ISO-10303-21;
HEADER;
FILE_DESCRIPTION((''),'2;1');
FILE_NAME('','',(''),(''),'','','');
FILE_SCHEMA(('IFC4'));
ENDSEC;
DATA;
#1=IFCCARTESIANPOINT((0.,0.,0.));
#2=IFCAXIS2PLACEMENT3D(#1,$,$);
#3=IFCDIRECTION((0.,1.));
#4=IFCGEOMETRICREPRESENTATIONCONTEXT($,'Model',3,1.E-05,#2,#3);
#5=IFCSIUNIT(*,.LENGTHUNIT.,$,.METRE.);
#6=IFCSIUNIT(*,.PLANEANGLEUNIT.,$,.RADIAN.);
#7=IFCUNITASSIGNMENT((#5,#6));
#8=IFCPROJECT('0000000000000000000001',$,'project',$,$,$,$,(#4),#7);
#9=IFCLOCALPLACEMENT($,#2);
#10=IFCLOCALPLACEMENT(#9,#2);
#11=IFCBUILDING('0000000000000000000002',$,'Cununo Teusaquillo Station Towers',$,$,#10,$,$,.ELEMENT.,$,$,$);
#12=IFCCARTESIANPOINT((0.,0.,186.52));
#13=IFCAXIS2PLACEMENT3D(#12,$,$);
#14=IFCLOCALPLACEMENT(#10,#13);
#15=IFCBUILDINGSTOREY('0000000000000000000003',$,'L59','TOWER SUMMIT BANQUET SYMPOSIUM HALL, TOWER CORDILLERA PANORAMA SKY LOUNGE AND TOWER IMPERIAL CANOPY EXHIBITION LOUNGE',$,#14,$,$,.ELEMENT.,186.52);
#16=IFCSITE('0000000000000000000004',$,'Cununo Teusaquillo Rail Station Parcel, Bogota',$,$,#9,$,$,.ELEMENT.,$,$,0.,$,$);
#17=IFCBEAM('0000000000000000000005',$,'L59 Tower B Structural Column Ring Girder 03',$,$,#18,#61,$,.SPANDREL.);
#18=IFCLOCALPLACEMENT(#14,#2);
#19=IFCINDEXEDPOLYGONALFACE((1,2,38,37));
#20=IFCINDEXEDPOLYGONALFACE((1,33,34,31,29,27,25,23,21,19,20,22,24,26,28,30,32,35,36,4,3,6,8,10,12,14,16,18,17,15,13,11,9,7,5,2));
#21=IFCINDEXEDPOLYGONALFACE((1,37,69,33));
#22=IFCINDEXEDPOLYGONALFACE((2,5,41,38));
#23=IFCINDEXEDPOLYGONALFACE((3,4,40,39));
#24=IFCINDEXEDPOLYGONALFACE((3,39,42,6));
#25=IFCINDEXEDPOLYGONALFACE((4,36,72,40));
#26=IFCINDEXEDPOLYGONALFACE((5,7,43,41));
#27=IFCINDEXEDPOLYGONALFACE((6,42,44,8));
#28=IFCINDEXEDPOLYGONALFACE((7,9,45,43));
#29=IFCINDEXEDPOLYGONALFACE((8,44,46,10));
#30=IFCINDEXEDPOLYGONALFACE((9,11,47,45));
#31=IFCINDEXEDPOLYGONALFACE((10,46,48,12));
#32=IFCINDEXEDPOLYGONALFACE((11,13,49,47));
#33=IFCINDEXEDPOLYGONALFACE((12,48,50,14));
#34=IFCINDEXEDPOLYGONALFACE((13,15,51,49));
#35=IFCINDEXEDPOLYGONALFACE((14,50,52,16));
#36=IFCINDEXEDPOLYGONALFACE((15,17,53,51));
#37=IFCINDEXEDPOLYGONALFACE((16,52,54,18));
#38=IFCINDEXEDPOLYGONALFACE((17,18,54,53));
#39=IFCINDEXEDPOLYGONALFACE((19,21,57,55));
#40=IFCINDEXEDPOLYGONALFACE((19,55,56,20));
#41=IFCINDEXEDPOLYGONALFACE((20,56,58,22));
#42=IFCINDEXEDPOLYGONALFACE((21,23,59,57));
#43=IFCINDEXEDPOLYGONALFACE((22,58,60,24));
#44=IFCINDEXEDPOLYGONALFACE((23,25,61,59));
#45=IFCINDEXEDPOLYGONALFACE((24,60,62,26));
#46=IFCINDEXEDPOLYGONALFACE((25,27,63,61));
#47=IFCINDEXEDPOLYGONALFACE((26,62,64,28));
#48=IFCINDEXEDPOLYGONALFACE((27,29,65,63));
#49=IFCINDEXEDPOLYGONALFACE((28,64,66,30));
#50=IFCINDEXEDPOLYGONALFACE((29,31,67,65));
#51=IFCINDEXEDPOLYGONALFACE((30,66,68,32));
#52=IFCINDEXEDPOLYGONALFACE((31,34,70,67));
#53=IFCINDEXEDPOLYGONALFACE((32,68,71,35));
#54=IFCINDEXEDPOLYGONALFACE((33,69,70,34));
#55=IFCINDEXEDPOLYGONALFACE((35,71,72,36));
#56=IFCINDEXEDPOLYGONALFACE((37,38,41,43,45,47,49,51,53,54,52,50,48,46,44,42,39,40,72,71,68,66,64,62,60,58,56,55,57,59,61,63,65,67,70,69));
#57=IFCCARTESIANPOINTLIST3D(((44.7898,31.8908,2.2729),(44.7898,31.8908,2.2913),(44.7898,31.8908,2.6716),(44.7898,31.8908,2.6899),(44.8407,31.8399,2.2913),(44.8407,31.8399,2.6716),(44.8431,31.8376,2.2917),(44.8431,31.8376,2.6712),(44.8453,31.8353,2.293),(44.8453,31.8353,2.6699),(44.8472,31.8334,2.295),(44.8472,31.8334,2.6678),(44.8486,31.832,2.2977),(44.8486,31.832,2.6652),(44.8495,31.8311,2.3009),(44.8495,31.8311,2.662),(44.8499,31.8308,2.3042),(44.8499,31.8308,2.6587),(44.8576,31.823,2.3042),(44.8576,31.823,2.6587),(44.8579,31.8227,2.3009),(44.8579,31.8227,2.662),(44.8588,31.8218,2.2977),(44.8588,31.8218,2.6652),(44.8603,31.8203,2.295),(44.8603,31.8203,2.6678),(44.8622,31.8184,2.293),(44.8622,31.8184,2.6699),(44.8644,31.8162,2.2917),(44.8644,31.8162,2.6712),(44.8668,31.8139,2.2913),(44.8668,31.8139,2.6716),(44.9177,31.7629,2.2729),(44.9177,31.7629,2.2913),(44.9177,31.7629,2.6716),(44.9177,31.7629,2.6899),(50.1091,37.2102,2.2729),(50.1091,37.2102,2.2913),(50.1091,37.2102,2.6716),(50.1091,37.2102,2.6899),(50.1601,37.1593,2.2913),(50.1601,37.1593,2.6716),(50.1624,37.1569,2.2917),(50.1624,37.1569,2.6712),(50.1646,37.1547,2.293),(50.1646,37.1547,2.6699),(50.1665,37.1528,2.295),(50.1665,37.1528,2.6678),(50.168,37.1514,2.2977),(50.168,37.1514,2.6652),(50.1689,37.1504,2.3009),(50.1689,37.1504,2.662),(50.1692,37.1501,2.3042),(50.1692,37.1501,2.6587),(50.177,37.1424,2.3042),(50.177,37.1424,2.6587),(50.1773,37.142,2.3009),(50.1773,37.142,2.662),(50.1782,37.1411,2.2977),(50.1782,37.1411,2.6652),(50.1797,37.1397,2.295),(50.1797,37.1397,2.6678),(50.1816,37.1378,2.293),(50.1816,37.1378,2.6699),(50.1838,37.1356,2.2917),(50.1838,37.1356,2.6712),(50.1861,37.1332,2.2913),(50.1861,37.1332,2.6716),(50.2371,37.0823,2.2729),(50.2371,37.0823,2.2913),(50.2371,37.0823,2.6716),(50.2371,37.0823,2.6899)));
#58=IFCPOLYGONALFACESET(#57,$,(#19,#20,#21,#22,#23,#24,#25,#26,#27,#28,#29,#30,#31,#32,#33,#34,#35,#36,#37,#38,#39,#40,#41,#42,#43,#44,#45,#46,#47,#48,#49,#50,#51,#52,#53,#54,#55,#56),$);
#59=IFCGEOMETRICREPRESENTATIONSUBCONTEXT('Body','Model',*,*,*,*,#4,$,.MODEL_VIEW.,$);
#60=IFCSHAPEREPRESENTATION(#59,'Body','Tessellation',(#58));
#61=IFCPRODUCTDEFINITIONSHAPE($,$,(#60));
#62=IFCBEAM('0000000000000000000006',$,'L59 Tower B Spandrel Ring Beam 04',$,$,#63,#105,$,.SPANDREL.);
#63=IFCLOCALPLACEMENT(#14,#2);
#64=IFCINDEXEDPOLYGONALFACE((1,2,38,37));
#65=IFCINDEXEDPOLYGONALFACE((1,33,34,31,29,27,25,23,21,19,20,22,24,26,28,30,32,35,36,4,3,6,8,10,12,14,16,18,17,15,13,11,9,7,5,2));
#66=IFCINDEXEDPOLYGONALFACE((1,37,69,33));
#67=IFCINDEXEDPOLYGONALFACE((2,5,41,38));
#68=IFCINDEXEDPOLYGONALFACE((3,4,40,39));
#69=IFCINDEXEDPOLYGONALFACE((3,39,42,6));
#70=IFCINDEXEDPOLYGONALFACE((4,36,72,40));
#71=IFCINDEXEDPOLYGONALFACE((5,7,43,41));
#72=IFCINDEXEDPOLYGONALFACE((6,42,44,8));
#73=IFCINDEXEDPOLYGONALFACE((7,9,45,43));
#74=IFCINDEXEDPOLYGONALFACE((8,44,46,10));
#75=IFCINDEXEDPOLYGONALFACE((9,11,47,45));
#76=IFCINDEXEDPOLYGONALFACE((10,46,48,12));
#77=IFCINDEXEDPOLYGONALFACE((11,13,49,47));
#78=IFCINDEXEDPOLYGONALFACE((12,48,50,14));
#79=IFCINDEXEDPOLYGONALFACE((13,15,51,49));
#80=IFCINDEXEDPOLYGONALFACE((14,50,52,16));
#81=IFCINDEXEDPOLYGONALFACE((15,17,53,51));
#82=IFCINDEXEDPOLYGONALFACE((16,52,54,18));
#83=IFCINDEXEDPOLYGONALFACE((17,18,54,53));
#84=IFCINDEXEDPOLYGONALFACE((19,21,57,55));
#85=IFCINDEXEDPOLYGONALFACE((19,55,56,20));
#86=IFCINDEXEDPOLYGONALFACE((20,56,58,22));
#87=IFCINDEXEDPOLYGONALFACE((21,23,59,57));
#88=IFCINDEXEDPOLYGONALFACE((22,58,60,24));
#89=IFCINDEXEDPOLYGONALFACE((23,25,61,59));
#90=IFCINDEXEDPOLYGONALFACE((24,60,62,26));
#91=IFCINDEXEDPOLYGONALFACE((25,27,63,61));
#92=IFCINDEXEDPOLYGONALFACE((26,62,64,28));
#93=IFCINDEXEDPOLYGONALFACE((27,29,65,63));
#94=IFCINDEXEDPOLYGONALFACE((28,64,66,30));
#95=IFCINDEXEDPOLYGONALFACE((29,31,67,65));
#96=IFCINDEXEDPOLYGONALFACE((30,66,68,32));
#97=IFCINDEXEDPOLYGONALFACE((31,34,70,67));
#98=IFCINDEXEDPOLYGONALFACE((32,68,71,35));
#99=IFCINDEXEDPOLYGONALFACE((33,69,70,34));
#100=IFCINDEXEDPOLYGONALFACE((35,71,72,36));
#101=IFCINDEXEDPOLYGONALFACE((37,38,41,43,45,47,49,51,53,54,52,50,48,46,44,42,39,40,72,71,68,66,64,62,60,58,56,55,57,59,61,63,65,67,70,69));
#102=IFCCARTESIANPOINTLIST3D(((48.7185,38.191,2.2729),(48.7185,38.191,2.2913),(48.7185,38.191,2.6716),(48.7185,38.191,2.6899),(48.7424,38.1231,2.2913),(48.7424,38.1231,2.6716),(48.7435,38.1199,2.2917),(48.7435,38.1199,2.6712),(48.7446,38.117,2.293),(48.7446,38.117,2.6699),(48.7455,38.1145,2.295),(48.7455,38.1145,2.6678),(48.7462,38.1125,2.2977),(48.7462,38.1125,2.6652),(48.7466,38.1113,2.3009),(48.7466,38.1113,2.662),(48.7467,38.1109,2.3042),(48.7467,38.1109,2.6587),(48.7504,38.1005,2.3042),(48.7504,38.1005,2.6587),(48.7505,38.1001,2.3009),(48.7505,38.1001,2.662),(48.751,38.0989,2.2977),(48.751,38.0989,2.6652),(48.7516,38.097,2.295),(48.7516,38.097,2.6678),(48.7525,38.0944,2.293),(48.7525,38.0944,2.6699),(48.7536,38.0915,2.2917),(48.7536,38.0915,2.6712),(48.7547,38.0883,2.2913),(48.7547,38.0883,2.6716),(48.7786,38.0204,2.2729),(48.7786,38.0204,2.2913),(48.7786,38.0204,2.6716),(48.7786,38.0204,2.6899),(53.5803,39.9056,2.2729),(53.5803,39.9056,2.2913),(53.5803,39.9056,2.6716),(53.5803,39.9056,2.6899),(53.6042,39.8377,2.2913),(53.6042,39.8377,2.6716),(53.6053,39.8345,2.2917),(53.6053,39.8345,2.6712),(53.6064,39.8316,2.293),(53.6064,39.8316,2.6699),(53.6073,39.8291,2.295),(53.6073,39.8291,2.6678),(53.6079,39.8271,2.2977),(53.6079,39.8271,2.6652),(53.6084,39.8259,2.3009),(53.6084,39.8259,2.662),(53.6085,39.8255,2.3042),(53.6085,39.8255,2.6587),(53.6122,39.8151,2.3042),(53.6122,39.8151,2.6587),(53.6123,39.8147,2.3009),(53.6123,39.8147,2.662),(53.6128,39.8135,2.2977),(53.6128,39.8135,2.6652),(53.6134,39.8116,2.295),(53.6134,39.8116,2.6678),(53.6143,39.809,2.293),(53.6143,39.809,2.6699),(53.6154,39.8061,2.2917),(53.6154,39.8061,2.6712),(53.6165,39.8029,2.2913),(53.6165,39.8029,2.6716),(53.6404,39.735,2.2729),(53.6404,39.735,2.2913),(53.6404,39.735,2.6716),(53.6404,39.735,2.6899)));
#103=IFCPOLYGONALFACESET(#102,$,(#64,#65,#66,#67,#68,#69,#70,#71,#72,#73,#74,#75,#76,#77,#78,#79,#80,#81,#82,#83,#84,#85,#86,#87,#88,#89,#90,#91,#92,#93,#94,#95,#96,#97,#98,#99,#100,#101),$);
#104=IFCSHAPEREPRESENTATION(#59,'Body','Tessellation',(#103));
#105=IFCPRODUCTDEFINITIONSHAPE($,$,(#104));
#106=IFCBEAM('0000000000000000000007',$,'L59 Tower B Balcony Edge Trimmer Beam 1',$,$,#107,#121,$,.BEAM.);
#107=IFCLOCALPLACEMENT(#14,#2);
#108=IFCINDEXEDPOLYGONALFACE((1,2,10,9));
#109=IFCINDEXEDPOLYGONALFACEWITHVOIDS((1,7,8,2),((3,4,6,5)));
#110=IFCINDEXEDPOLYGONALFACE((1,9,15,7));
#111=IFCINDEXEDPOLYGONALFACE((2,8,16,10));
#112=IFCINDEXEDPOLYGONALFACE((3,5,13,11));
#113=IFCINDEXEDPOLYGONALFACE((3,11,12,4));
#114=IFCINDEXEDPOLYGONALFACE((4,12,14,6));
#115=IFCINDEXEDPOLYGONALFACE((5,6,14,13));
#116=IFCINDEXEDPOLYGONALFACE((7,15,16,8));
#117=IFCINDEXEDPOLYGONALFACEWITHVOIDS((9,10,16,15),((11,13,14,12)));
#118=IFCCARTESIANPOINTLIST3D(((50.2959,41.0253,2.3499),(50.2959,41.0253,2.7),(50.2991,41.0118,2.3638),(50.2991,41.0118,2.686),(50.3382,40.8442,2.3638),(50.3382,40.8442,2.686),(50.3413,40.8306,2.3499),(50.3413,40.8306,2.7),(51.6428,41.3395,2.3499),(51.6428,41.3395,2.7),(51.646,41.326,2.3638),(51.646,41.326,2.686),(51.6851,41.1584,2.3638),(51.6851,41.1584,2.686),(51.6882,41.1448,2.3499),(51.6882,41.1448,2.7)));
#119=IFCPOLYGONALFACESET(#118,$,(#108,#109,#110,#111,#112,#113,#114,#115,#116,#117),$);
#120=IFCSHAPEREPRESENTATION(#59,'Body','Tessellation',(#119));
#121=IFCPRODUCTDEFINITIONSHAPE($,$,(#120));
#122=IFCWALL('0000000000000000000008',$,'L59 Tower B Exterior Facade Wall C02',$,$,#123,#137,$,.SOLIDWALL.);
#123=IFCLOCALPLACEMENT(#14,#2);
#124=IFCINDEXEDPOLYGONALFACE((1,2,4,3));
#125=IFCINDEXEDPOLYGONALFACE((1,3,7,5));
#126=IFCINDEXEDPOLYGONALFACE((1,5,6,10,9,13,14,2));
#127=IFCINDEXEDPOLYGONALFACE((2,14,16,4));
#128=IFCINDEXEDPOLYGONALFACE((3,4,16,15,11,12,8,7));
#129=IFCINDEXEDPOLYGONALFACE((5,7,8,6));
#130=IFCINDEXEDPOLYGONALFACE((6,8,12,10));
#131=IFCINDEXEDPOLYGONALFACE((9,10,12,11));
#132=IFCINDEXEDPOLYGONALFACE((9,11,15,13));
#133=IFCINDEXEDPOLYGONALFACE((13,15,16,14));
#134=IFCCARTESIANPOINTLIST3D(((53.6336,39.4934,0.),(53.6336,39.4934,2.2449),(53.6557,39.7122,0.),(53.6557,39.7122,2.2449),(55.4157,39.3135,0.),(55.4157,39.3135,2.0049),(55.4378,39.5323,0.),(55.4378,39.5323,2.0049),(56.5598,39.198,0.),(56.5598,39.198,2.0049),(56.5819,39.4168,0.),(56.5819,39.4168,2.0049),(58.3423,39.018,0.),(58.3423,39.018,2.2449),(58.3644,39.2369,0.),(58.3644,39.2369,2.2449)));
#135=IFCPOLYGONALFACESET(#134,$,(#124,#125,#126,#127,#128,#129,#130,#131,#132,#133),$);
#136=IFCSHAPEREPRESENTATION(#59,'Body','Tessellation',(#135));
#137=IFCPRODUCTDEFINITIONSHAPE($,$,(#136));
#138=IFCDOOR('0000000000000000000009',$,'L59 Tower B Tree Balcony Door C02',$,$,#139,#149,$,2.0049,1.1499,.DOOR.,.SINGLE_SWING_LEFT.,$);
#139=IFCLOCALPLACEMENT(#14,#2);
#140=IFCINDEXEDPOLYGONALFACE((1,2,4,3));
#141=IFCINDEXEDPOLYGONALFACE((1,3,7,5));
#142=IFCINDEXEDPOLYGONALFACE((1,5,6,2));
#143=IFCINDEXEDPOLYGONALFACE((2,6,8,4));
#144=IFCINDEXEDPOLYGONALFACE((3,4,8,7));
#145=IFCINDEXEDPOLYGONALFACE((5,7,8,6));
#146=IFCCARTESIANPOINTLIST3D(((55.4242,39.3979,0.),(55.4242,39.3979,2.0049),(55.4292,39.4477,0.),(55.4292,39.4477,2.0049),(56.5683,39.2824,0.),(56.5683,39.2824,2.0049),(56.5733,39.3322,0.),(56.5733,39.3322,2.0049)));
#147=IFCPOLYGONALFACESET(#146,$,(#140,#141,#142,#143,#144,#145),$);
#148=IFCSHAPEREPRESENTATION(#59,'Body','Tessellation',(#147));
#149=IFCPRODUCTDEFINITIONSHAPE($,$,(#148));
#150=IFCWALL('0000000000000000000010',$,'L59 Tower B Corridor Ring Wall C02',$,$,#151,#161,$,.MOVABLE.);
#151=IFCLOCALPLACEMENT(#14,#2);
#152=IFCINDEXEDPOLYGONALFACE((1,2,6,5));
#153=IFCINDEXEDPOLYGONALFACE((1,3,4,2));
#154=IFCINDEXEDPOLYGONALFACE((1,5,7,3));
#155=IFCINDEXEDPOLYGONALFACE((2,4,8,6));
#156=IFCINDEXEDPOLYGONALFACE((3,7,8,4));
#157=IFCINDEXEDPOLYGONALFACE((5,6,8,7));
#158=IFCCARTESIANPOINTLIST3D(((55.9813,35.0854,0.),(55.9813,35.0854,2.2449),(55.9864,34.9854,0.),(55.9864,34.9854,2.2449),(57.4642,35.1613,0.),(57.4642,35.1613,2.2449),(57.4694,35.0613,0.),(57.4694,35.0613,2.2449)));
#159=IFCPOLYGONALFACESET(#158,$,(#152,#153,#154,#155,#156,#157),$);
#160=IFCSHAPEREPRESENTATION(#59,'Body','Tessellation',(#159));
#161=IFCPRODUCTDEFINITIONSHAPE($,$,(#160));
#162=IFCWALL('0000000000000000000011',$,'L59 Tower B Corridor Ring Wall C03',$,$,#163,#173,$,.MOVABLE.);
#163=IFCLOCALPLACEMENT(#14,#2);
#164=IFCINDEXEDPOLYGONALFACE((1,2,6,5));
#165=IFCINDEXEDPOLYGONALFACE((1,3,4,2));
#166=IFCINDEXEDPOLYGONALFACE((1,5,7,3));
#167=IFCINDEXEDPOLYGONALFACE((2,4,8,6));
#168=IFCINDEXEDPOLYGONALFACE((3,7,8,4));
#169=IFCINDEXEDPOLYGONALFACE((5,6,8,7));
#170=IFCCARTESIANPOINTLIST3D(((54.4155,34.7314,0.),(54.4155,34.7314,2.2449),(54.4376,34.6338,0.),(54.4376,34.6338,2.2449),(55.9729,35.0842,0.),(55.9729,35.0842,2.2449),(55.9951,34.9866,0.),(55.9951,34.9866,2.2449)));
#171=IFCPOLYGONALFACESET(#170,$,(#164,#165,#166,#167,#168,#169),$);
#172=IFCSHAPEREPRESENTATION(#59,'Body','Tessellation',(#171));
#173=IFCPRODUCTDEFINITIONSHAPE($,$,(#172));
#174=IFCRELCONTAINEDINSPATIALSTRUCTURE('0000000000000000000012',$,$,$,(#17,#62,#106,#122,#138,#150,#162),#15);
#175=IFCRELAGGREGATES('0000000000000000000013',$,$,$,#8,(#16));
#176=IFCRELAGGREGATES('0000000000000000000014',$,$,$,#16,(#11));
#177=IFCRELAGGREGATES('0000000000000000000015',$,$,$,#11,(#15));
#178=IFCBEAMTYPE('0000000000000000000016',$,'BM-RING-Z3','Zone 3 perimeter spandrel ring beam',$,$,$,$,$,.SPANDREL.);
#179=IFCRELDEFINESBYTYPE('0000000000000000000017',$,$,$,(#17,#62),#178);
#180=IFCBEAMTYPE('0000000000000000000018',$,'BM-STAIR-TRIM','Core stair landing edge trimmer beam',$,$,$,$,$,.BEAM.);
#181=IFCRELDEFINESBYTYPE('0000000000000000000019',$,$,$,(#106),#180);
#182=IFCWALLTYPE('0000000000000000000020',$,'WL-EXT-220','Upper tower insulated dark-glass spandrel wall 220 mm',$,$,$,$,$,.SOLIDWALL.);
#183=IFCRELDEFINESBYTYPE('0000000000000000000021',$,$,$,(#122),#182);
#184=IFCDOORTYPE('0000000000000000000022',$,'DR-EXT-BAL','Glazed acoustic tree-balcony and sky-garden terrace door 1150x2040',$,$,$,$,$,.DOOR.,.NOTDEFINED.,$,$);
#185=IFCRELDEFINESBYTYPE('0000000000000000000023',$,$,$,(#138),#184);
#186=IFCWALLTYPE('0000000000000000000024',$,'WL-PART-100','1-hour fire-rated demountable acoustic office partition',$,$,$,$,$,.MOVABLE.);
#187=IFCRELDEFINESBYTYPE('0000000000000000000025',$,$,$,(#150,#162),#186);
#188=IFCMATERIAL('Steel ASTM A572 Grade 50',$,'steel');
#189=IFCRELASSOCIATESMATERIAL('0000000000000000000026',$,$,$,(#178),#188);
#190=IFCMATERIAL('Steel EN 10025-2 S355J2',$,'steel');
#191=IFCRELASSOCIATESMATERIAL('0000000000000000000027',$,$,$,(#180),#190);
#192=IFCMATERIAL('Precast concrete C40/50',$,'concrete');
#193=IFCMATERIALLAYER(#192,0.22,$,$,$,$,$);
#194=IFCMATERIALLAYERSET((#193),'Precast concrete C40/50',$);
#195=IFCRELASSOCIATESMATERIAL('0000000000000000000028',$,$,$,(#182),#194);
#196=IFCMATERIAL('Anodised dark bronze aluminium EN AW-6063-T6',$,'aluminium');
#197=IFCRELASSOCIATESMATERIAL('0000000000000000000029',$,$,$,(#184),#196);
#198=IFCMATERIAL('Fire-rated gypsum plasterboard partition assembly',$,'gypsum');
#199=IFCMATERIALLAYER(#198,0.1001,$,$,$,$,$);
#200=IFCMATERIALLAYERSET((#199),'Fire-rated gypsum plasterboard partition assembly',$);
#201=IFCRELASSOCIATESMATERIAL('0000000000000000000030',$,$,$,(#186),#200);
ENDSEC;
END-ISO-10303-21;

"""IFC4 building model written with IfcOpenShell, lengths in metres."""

from ifc_helpers import new_model, si_unit, direction, frame, frame_2d, origin, origin_2d, place, context, subcontext, project, spatial, rectangle, hollow_rectangle, i_section, extrude, source, transform, mapped, material, layer, layer_set, material_profile, profile_set, type_object, element, fill, save


model = new_model("IFC4")

# Units and contexts
model_context = context("Model", 3, precision=1e-05, world=origin(), true_north=direction((0.0, 1.0)))
body_context = subcontext(model_context, "Body", "Model", "MODEL_VIEW")
ifc_project = project(units=[si_unit("LENGTHUNIT", "METRE"), si_unit("PLANEANGLEUNIT", "RADIAN")], contexts=[model_context])

# Site, building, storey
site_placement = place(None, origin())
site = spatial("IfcSite", under=ifc_project, at=site_placement, Name="Cununo Teusaquillo Rail Station Parcel, Bogota", CompositionType="ELEMENT", RefElevation=0.0)
building_placement = place(site_placement, origin())
building = spatial("IfcBuilding", under=site, at=building_placement, Name="Cununo Teusaquillo Station Towers", CompositionType="ELEMENT")
storey_placement = place(building_placement, frame((0.0, 0.0, 186.52)))
storey = spatial("IfcBuildingStorey", under=building, at=storey_placement, Name="L59", Description="TOWER SUMMIT BANQUET SYMPOSIUM HALL, TOWER CORDILLERA PANORAMA SKY LOUNGE AND TOWER IMPERIAL CANOPY EXHIBITION LOUNGE", CompositionType="ELEMENT", Elevation=186.52)

# Beams
ifc_material_1 = material(Name="Steel ASTM A572 Grade 50", Category="steel")
ifc_material_profile_1 = material_profile(ifc_material_1, i_section(OverallWidth=0.1809, OverallDepth=0.417, WebThickness=0.011, FlangeThickness=0.0183, FilletRadius=0.0129, at=origin_2d()), Name="W16X57")
ifc_profile_set_1 = profile_set([ifc_material_profile_1], Name="Steel ASTM A572 Grade 50")
beam_type_1 = type_object("IfcBeamType", Name="BM-RING-Z3", Description="Zone 3 perimeter spandrel ring beam", PredefinedType="SPANDREL", material=ifc_profile_set_1)
beam_1_placement = place(storey_placement, frame((50.1731, 37.1462, 2.4814), z_axis=(-0.707107, -0.707107, 0.0), x_axis=(0.707107, -0.707107, 0.0)))
element("IfcBeam", 1, at=beam_1_placement, inside=storey, type_object=beam_type_1, Name="L59 Tower B Structural Column Ring Girder 03", PredefinedType="SPANDREL", context=body_context, shape_type="SweptSolid", body=[
    extrude(i_section(OverallWidth=0.1809, OverallDepth=0.417, WebThickness=0.011, FlangeThickness=0.0183, FilletRadius=0.0129, at=origin_2d()), origin(), (0.0, 0.0, 1.0), 7.5227),
])
beam_2_placement = place(storey_placement, frame((53.6104, 39.8203, 2.4814), z_axis=(-0.943072, -0.33259, 0.0), x_axis=(0.33259, -0.943072, 0.0)))
element("IfcBeam", 2, at=beam_2_placement, inside=storey, type_object=beam_type_1, Name="L59 Tower B Spandrel Ring Beam 04", PredefinedType="SPANDREL", context=body_context, shape_type="SweptSolid", body=[
    extrude(i_section(OverallWidth=0.1809, OverallDepth=0.417, WebThickness=0.011, FlangeThickness=0.0183, FilletRadius=0.0129, at=origin_2d()), origin(), (0.0, 0.0, 1.0), 5.1553),
])
ifc_material_2 = material(Name="Steel EN 10025-2 S355J2", Category="steel")
ifc_material_profile_2 = material_profile(ifc_material_2, hollow_rectangle(XDim=0.2, YDim=0.3501, WallThickness=0.0139, at=origin_2d()), Name="RHS 350x200x14")
ifc_profile_set_2 = profile_set([ifc_material_profile_2], Name="Steel EN 10025-2 S355J2")
beam_type_2 = type_object("IfcBeamType", Name="BM-STAIR-TRIM", Description="Core stair landing edge trimmer beam", PredefinedType="BEAM", material=ifc_profile_set_2)
beam_3_placement = place(storey_placement, frame((51.6655, 41.2422, 2.5249), z_axis=(-0.973853, -0.227179, 0.0), x_axis=(0.227179, -0.973853, 0.0)))
element("IfcBeam", 3, at=beam_3_placement, inside=storey, type_object=beam_type_2, Name="L59 Tower B Balcony Edge Trimmer Beam 1", PredefinedType="BEAM", context=body_context, shape_type="SweptSolid", body=[
    extrude(hollow_rectangle(XDim=0.2, YDim=0.3501, WallThickness=0.0139, at=origin_2d()), origin(), (0.0, 0.0, 1.0), 1.3831),
])

# Wall, opening, door
ifc_material_3 = material(Name="Precast concrete C40/50", Category="concrete")
ifc_layer_1 = layer(ifc_material_3, 0.22)
ifc_layer_set_1 = layer_set([ifc_layer_1], Name="Precast concrete C40/50")
wall_type_1 = type_object("IfcWallType", Name="WL-EXT-220", Description="Upper tower insulated dark-glass spandrel wall 220 mm", PredefinedType="SOLIDWALL", material=ifc_layer_set_1)
wall_1_placement = place(storey_placement, frame((53.6448, 39.6028, 0.0), z_axis=(0.0, 0.0, 1.0), x_axis=(0.994943, -0.100438, 0.0)))
wall_1 = element("IfcWall", 4, at=wall_1_placement, inside=storey, type_object=wall_type_1, Name="L59 Tower B Exterior Facade Wall C02", PredefinedType="SOLIDWALL", context=body_context, shape_type="SweptSolid", body=[
    extrude(rectangle(XDim=4.7327, YDim=0.22, at=frame_2d((2.3662, 0.0))), origin(), (0.0, 0.0, 1.0), 2.2449),
])
shared_shape_1 = source(origin(), body_context, "Body", "SweptSolid", [
    extrude(rectangle(XDim=1.1499, YDim=2.0049, at=frame_2d((0.575, 1.0024))), frame((0.0, 0.1199, 0.0), z_axis=(0.0, -1.0, 0.0), x_axis=(1.0, 0.0, 0.0)), (0.0, 0.0, 1.0), 0.24),
])
opening_1_placement = place(wall_1_placement, frame((1.791, 0.0, 0.0)))
opening_1 = element("IfcOpeningElement", 5, at=opening_1_placement, cuts=wall_1, PredefinedType="OPENING", context=body_context, shape_type="MappedRepresentation", body=[
    mapped(shared_shape_1, transform((0.0, 0.0, 0.0), x_axis=(1.0, 0.0, 0.0), y_axis=(0.0, 1.0, 0.0), z_axis=(0.0, 0.0, 1.0), scale=1.0)),
])
ifc_material_4 = material(Name="Anodised dark bronze aluminium EN AW-6063-T6", Category="aluminium")
door_type_1 = type_object("IfcDoorType", Name="DR-EXT-BAL", Description="Glazed acoustic tree-balcony and sky-garden terrace door 1150x2040", OperationType="NOTDEFINED", PredefinedType="DOOR", material=ifc_material_4)
shared_shape_2 = source(origin(), body_context, "Body", "SweptSolid", [
    extrude(rectangle(XDim=1.1499, YDim=2.0049, at=frame_2d((0.575, 1.0024))), frame((0.0, 0.0249, 0.0), z_axis=(0.0, -1.0, 0.0), x_axis=(1.0, 0.0, 0.0)), (0.0, 0.0, 1.0), 0.05),
])
door_1_placement = place(opening_1_placement, origin())
door_1 = element("IfcDoor", 6, at=door_1_placement, inside=storey, type_object=door_type_1, Name="L59 Tower B Tree Balcony Door C02", OperationType="SINGLE_SWING_LEFT", OverallHeight=2.0049, OverallWidth=1.1499, PredefinedType="DOOR", context=body_context, shape_type="MappedRepresentation", body=[
    mapped(shared_shape_2, transform((0.0, 0.0, 0.0), x_axis=(1.0, 0.0, 0.0), y_axis=(0.0, 1.0, 0.0), z_axis=(0.0, 0.0, 1.0), scale=1.0)),
])
fill(opening_1, door_1)

# Walls
ifc_material_5 = material(Name="Fire-rated gypsum plasterboard partition assembly", Category="gypsum")
ifc_layer_2 = layer(ifc_material_5, 0.1001)
ifc_layer_set_2 = layer_set([ifc_layer_2], Name="Fire-rated gypsum plasterboard partition assembly")
wall_type_2 = type_object("IfcWallType", Name="WL-PART-100", Description="1-hour fire-rated demountable acoustic office partition", PredefinedType="MOVABLE", material=ifc_layer_set_2)
wall_2_placement = place(storey_placement, frame((57.4668, 35.1113, 0.0), z_axis=(0.0, 0.0, 1.0), x_axis=(-0.998692, -0.051135, 0.0)))
element("IfcWall", 7, at=wall_2_placement, inside=storey, type_object=wall_type_2, Name="L59 Tower B Corridor Ring Wall C02", PredefinedType="MOVABLE", context=body_context, shape_type="SweptSolid", body=[
    extrude(rectangle(XDim=1.4849, YDim=0.1001, at=frame_2d((0.7424, 0.0))), origin(), (0.0, 0.0, 1.0), 2.2449),
])
wall_3_placement = place(storey_placement, frame((55.9839, 35.0354, 0.0), z_axis=(0.0, 0.0, 1.0), x_axis=(-0.97529, -0.220927, 0.0)))
element("IfcWall", 8, at=wall_3_placement, inside=storey, type_object=wall_type_2, Name="L59 Tower B Corridor Ring Wall C03", PredefinedType="MOVABLE", context=body_context, shape_type="SweptSolid", body=[
    extrude(rectangle(XDim=1.5969, YDim=0.1001, at=frame_2d((0.7983, 0.0))), origin(), (0.0, 0.0, 1.0), 2.2449),
])

save(model, "model.ifc")
